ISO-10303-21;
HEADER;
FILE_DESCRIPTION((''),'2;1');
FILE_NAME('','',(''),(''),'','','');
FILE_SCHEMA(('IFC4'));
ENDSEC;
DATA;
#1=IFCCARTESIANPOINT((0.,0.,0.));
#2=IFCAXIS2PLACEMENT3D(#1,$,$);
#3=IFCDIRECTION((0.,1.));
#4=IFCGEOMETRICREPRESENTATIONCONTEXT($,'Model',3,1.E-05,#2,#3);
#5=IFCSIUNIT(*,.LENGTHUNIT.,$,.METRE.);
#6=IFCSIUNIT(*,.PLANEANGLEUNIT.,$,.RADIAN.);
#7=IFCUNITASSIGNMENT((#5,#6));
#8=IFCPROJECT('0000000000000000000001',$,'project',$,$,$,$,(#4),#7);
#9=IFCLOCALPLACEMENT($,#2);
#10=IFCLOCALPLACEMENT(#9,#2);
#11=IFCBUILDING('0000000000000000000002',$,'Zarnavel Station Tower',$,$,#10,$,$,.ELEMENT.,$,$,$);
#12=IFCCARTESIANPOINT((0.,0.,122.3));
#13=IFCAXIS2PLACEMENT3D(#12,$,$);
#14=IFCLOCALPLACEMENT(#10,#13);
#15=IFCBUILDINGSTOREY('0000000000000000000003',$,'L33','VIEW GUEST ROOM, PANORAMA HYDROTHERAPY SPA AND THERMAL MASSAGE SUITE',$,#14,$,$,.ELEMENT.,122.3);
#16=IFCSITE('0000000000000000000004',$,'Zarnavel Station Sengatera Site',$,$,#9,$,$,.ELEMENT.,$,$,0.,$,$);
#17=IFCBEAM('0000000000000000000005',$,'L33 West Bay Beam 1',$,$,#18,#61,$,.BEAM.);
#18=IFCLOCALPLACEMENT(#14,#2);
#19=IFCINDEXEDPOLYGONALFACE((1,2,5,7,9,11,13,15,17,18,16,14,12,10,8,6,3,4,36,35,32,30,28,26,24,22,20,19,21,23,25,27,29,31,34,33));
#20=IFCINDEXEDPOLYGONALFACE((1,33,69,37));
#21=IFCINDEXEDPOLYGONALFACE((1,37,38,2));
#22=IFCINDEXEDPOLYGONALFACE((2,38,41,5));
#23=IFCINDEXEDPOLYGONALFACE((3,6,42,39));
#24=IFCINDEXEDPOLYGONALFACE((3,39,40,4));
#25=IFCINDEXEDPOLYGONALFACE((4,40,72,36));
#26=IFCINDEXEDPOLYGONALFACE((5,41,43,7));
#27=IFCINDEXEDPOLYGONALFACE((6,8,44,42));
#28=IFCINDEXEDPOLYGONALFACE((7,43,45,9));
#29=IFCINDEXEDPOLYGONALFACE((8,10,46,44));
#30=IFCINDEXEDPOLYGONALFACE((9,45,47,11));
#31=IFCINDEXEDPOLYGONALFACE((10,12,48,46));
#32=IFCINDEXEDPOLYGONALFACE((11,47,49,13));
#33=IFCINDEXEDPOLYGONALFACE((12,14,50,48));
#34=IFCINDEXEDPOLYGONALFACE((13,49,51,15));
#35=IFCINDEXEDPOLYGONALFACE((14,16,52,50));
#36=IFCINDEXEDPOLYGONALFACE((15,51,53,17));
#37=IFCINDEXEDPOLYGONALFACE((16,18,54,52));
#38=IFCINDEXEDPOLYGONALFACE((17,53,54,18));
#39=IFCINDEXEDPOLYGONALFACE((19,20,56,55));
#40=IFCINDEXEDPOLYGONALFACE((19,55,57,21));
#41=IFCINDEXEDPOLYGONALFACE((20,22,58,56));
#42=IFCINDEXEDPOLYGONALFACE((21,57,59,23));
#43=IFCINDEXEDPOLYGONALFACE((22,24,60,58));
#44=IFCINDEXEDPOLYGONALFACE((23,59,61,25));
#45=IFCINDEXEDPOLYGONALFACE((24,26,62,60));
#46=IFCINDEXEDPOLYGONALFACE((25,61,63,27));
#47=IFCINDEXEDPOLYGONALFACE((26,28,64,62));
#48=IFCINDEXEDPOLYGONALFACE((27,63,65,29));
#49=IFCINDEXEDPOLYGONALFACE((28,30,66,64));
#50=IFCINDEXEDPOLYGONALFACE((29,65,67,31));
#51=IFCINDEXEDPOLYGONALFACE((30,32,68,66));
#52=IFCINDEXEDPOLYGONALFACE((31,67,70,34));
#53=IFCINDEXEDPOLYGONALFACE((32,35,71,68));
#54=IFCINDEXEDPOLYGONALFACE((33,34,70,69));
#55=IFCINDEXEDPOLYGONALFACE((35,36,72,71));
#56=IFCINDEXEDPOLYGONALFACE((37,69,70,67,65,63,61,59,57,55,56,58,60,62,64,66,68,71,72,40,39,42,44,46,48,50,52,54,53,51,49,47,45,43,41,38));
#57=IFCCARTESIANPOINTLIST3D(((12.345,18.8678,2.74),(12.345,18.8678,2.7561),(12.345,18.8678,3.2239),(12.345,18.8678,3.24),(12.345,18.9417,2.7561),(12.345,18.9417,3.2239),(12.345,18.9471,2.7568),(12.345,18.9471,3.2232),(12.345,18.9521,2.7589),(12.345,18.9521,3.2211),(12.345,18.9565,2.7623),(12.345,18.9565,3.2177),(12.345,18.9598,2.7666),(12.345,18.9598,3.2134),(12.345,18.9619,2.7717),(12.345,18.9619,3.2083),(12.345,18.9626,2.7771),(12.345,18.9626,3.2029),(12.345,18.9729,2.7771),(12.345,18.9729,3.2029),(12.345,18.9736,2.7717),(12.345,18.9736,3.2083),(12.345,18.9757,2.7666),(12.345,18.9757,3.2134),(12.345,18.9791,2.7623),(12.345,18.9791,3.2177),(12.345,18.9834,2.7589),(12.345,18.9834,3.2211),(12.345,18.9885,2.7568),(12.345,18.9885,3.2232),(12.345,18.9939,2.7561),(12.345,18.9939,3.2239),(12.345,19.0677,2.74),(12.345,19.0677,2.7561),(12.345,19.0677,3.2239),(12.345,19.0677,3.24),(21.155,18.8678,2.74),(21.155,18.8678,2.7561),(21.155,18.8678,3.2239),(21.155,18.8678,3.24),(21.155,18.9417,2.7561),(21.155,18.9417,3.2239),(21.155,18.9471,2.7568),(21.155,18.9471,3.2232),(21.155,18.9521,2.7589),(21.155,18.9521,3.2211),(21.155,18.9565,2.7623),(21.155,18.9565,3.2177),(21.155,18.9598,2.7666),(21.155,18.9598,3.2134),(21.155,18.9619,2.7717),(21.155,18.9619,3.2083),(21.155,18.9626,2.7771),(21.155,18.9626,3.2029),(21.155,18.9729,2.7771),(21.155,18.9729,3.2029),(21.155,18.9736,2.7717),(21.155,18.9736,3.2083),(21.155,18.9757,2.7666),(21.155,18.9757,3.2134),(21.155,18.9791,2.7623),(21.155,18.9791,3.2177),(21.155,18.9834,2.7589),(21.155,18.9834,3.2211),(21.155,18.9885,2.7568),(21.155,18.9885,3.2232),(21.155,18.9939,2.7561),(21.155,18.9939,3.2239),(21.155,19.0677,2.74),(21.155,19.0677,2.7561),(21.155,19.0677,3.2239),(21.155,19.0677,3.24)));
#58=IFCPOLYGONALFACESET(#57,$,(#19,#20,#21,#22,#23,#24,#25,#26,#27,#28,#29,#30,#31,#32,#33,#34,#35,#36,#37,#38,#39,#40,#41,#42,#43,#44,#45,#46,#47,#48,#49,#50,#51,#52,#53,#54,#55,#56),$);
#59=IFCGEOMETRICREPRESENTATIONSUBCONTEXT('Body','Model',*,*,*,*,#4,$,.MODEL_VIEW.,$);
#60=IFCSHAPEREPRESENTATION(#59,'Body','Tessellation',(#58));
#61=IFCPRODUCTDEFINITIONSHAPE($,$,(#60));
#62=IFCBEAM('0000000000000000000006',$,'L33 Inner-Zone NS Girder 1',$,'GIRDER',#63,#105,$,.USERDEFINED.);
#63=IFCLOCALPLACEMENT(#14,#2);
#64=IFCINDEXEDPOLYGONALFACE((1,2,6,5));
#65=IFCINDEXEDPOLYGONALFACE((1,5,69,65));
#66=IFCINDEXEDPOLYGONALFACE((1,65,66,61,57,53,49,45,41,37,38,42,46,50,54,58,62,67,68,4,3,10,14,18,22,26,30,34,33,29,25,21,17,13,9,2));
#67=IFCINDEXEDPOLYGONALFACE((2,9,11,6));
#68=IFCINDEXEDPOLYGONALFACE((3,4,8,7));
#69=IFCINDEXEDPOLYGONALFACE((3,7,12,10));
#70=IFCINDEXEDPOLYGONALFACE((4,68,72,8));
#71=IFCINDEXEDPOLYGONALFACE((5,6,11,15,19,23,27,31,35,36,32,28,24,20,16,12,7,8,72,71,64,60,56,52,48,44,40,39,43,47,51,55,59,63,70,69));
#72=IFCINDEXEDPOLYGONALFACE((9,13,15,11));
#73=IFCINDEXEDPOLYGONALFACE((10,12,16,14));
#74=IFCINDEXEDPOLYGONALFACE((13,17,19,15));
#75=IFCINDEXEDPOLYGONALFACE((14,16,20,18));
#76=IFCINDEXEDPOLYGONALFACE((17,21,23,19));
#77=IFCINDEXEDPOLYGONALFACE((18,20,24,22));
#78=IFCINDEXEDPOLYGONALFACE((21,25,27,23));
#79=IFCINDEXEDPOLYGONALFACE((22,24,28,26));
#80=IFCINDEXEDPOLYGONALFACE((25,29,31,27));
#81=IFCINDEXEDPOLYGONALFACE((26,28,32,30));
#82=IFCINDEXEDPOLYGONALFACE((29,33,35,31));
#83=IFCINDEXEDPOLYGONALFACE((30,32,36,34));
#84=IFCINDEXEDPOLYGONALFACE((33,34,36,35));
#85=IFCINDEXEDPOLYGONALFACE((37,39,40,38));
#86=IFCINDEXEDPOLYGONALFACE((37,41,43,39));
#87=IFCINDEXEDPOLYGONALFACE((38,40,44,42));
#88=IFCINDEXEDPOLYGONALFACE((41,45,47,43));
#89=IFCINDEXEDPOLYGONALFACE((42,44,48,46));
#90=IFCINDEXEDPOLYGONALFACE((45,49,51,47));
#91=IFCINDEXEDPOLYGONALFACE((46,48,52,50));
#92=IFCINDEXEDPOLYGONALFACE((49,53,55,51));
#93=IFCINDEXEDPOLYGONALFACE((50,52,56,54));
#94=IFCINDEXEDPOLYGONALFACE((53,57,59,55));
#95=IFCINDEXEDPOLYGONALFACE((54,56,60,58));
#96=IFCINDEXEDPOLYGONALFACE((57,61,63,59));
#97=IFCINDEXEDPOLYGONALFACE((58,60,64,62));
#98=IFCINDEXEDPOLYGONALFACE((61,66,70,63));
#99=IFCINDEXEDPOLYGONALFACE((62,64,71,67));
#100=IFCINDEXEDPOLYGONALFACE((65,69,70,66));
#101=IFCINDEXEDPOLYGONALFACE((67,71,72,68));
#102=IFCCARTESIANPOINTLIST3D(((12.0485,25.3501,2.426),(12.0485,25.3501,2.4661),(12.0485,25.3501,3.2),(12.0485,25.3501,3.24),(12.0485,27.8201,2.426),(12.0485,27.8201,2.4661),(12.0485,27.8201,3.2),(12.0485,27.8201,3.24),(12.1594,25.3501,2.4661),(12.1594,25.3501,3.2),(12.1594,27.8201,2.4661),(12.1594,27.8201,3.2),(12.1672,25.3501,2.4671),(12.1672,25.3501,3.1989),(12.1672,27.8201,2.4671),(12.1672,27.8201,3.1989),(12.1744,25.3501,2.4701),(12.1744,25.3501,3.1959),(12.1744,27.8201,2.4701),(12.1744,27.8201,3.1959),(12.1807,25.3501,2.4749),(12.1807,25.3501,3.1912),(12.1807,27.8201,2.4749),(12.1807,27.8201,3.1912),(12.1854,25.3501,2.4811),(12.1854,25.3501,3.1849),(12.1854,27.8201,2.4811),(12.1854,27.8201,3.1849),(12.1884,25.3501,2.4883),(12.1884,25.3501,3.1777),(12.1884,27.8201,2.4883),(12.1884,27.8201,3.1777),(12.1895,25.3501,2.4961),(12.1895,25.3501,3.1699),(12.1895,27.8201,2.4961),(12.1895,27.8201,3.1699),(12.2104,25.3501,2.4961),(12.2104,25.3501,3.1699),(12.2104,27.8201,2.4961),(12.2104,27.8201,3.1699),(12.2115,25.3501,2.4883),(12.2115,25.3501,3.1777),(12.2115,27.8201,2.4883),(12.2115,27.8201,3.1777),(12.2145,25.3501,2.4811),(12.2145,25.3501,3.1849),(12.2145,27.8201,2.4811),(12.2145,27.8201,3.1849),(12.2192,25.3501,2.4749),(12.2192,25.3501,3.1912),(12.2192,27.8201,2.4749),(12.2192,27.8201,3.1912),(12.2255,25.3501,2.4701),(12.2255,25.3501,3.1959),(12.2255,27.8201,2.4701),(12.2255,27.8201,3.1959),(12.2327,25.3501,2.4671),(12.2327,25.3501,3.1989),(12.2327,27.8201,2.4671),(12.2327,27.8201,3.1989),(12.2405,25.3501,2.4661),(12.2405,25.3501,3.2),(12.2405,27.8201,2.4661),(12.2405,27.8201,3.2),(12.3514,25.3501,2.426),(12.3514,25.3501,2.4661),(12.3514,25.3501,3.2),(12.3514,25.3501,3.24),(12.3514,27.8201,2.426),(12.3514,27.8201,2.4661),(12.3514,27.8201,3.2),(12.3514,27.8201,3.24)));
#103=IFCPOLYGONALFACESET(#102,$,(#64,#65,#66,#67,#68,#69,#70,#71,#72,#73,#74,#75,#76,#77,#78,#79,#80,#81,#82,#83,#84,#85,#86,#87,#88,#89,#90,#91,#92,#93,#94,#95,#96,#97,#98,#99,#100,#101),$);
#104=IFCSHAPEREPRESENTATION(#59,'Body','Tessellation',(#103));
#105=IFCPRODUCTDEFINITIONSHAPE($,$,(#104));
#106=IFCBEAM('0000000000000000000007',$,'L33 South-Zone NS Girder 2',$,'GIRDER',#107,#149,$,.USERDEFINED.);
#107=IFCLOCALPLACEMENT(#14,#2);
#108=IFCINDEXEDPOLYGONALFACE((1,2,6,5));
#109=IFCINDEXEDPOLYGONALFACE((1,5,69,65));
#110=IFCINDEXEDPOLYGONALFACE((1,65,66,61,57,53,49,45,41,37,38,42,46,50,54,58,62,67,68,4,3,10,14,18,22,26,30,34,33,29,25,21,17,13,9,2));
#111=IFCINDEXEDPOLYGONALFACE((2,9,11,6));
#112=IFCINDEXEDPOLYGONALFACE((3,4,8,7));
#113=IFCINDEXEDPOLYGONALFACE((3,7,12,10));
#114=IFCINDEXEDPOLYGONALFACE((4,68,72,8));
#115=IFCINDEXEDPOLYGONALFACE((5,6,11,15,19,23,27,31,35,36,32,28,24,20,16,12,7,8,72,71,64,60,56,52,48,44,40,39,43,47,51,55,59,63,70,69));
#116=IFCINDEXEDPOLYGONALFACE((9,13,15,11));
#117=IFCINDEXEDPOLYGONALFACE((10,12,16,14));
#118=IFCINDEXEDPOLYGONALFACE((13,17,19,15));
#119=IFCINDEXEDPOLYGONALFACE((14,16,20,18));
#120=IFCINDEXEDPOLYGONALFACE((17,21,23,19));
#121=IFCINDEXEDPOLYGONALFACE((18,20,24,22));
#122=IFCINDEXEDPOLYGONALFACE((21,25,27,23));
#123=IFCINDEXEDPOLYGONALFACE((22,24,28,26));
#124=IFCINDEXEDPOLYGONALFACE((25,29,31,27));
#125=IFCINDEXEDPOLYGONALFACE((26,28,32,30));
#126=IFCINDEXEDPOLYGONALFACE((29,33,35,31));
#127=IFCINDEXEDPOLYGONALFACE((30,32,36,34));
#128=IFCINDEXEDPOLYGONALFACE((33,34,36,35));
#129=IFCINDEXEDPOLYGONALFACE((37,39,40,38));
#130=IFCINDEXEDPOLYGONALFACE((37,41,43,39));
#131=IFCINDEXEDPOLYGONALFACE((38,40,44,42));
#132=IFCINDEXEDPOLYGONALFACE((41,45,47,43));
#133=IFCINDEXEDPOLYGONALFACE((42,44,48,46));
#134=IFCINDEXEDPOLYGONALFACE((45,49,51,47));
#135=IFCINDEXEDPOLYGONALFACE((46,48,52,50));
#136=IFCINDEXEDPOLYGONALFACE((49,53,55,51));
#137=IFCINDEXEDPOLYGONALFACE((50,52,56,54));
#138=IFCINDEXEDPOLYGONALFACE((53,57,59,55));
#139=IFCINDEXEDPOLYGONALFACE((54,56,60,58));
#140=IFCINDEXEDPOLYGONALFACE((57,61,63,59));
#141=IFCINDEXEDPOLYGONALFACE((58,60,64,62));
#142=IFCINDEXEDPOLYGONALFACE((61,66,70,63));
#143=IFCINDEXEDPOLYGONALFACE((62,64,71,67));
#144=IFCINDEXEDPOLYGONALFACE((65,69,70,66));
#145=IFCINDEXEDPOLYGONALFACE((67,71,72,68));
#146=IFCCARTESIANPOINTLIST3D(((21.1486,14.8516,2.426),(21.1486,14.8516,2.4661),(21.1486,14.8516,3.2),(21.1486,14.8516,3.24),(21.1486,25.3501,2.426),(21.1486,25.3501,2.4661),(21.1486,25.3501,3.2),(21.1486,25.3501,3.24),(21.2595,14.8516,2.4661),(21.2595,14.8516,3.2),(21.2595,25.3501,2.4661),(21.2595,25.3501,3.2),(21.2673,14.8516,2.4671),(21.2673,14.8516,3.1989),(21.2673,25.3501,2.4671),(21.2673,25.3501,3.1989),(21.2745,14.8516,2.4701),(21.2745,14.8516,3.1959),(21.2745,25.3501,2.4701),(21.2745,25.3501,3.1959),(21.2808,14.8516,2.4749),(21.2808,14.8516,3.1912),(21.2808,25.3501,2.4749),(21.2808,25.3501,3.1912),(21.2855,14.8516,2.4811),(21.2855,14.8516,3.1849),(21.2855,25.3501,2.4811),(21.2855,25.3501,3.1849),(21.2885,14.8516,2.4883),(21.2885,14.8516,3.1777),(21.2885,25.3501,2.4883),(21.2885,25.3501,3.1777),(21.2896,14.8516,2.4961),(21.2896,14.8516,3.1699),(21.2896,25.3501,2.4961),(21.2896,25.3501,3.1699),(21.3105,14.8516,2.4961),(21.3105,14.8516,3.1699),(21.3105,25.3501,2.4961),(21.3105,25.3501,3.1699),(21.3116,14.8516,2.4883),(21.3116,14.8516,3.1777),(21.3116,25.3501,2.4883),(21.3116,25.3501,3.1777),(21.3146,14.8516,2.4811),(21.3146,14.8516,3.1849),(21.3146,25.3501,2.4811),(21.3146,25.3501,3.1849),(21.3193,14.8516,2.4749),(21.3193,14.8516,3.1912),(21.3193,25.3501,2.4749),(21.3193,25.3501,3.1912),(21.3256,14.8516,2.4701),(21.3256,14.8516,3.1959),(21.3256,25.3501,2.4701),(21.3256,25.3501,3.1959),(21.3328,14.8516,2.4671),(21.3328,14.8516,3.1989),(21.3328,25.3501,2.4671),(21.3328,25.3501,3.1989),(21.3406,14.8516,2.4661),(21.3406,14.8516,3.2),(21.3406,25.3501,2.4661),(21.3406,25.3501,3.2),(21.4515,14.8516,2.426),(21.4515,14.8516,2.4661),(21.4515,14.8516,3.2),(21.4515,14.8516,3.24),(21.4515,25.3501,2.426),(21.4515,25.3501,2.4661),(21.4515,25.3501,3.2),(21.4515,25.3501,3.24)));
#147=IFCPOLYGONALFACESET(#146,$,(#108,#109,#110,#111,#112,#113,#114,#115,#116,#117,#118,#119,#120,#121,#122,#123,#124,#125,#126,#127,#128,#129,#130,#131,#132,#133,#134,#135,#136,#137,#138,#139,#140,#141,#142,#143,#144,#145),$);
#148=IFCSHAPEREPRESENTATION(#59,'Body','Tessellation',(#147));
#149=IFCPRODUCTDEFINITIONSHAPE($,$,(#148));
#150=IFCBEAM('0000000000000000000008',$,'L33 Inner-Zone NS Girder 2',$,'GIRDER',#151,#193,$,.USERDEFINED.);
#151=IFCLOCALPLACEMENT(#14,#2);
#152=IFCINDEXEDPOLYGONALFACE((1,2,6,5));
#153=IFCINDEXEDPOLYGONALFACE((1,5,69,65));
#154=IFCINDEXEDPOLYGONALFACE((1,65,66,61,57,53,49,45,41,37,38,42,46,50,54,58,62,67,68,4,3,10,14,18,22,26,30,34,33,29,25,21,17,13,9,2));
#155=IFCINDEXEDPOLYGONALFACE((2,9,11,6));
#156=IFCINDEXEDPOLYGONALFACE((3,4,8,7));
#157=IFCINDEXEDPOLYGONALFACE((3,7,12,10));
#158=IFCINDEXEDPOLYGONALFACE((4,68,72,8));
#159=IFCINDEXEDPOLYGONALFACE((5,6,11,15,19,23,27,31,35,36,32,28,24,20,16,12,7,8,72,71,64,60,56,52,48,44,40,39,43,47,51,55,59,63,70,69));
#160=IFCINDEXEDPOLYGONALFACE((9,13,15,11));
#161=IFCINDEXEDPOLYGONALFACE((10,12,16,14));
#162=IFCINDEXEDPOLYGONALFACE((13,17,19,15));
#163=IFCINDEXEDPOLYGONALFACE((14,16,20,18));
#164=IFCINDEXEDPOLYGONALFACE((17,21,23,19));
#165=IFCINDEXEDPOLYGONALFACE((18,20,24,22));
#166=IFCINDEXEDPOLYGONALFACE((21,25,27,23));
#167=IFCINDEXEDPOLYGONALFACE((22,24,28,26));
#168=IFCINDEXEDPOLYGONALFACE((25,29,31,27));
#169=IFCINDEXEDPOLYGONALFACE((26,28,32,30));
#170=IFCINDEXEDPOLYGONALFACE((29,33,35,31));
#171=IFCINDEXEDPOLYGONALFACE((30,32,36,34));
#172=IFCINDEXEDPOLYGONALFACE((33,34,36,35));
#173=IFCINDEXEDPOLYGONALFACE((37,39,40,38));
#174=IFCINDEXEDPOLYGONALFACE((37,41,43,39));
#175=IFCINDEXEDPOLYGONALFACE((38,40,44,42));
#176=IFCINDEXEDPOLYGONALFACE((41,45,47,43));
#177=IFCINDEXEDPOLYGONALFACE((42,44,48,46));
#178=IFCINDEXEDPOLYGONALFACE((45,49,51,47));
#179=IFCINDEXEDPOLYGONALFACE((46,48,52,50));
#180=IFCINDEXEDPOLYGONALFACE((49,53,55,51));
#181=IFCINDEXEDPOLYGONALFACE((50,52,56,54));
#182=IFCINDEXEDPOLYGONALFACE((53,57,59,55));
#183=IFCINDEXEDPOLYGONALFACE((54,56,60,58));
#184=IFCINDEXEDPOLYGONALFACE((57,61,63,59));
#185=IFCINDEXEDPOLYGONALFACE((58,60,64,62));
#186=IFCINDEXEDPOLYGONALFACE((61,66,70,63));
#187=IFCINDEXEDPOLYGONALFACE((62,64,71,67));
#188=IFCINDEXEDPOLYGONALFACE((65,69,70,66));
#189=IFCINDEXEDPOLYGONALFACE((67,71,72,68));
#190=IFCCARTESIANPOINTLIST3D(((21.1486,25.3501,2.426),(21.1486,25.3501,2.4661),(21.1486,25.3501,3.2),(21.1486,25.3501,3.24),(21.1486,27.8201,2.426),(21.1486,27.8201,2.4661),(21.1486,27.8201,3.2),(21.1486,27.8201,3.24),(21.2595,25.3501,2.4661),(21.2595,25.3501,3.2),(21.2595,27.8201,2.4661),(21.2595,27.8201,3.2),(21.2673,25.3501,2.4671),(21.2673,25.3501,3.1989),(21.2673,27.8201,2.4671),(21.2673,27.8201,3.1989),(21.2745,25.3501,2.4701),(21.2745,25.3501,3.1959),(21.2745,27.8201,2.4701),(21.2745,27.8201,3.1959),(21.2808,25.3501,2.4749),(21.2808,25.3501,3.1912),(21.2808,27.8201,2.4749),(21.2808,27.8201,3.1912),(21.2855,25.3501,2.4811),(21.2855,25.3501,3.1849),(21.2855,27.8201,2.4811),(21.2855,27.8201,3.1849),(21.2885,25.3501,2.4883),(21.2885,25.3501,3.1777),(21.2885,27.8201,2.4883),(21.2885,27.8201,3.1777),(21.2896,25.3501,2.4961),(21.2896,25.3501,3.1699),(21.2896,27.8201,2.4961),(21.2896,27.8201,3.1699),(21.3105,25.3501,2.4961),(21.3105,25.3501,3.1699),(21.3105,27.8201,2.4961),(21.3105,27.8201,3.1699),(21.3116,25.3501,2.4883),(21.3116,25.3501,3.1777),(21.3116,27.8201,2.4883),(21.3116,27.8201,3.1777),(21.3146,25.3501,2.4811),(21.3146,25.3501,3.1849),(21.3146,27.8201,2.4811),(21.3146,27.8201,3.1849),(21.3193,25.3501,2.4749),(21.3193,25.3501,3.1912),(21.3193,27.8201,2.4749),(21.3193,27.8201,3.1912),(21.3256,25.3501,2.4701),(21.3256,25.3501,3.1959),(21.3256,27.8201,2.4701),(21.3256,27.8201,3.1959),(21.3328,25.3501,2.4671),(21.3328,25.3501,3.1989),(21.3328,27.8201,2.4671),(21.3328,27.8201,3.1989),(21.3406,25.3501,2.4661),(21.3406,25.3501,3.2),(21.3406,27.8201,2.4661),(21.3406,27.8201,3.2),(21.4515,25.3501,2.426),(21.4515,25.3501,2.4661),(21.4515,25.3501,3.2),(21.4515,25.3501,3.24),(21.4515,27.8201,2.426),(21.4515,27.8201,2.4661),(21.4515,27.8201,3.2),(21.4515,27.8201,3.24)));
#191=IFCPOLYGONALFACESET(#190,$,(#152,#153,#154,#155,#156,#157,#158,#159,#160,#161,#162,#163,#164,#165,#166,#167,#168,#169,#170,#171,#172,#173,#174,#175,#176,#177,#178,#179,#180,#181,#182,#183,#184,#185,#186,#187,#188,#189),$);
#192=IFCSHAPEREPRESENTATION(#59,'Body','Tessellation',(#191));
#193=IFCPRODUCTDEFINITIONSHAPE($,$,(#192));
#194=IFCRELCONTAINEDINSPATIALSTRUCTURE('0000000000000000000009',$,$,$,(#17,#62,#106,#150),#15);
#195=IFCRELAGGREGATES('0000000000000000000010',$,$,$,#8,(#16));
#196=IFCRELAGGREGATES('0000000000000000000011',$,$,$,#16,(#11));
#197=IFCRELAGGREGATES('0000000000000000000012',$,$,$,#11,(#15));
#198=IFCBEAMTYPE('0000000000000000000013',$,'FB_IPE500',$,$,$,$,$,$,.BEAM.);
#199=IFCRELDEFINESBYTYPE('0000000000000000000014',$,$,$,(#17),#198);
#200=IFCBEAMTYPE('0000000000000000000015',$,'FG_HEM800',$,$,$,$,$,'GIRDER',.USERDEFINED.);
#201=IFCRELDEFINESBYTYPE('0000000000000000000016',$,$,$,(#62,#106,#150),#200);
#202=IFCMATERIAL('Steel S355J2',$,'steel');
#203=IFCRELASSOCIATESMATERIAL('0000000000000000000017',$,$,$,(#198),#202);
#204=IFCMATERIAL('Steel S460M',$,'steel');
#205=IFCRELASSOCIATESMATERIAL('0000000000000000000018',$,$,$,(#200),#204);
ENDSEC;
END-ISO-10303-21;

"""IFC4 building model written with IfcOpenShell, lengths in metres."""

from ifc_helpers import new_model, si_unit, direction, frame, origin, origin_2d, place, context, subcontext, project, spatial, i_section, extrude, material, material_profile, profile_set, type_object, element, save


model = new_model("IFC4")

# Units and contexts
model_context = context("Model", 3, precision=1e-05, world=origin(), true_north=direction((0.0, 1.0)))
body_context = subcontext(model_context, "Body", "Model", "MODEL_VIEW")
ifc_project = project(units=[si_unit("LENGTHUNIT", "METRE"), si_unit("PLANEANGLEUNIT", "RADIAN")], contexts=[model_context])

# Site, building, storey
site_placement = place(None, origin())
site = spatial("IfcSite", under=ifc_project, at=site_placement, Name="Zarnavel Station Sengatera Site", CompositionType="ELEMENT", RefElevation=0.0)
building_placement = place(site_placement, origin())
building = spatial("IfcBuilding", under=site, at=building_placement, Name="Zarnavel Station Tower", CompositionType="ELEMENT")
storey_placement = place(building_placement, frame((0.0, 0.0, 122.3)))
storey = spatial("IfcBuildingStorey", under=building, at=storey_placement, Name="L33", Description="VIEW GUEST ROOM, PANORAMA HYDROTHERAPY SPA AND THERMAL MASSAGE SUITE", CompositionType="ELEMENT", Elevation=122.3)

# Beams
ifc_material_1 = material(Name="Steel S355J2", Category="steel")
ifc_material_profile_1 = material_profile(ifc_material_1, i_section(OverallWidth=0.2, OverallDepth=0.5, WebThickness=0.0103, FlangeThickness=0.0161, FilletRadius=0.021, at=origin_2d()), Name="IPE500")
ifc_profile_set_1 = profile_set([ifc_material_profile_1], Name="Steel S355J2")
beam_type_1 = type_object("IfcBeamType", Name="FB_IPE500", PredefinedType="BEAM", material=ifc_profile_set_1)
beam_1_placement = place(storey_placement, frame((12.345, 18.9678, 2.99), z_axis=(1.0, 0.0, 0.0), x_axis=(0.0, 1.0, 0.0)))
element("IfcBeam", 1, at=beam_1_placement, inside=storey, type_object=beam_type_1, Name="L33 West Bay Beam 1", PredefinedType="BEAM", context=body_context, shape_type="SweptSolid", body=[
    extrude(i_section(OverallWidth=0.2, OverallDepth=0.5, WebThickness=0.0103, FlangeThickness=0.0161, FilletRadius=0.021, at=origin_2d()), origin(), (0.0, 0.0, 1.0), 8.8101),
])
ifc_material_2 = material(Name="Steel S460M", Category="steel")
ifc_material_profile_2 = material_profile(ifc_material_2, i_section(OverallWidth=0.303, OverallDepth=0.814, WebThickness=0.021, FlangeThickness=0.04, FilletRadius=0.03, at=origin_2d()), Name="HEM800")
ifc_profile_set_2 = profile_set([ifc_material_profile_2], Name="Steel S460M")
beam_type_2 = type_object("IfcBeamType", Name="FG_HEM800", ElementType="GIRDER", PredefinedType="USERDEFINED", material=ifc_profile_set_2)
beam_2_placement = place(storey_placement, frame((12.2, 25.3501, 2.833), z_axis=(0.0, 1.0, 0.0), x_axis=(-1.0, 0.0, 0.0)))
element("IfcBeam", 2, at=beam_2_placement, inside=storey, type_object=beam_type_2, Name="L33 Inner-Zone NS Girder 1", ObjectType="GIRDER", PredefinedType="USERDEFINED", context=body_context, shape_type="SweptSolid", body=[
    extrude(i_section(OverallWidth=0.303, OverallDepth=0.814, WebThickness=0.021, FlangeThickness=0.04, FilletRadius=0.03, at=origin_2d()), origin(), (0.0, 0.0, 1.0), 2.47),
])
beam_3_placement = place(storey_placement, frame((21.3, 14.8516, 2.833), z_axis=(0.0, 1.0, 0.0), x_axis=(-1.0, 0.0, 0.0)))
element("IfcBeam", 3, at=beam_3_placement, inside=storey, type_object=beam_type_2, Name="L33 South-Zone NS Girder 2", ObjectType="GIRDER", PredefinedType="USERDEFINED", context=body_context, shape_type="SweptSolid", body=[
    extrude(i_section(OverallWidth=0.303, OverallDepth=0.814, WebThickness=0.021, FlangeThickness=0.04, FilletRadius=0.03, at=origin_2d()), origin(), (0.0, 0.0, 1.0), 10.4985),
])
beam_4_placement = place(storey_placement, frame((21.3, 25.3501, 2.833), z_axis=(0.0, 1.0, 0.0), x_axis=(-1.0, 0.0, 0.0)))
element("IfcBeam", 4, at=beam_4_placement, inside=storey, type_object=beam_type_2, Name="L33 Inner-Zone NS Girder 2", ObjectType="GIRDER", PredefinedType="USERDEFINED", context=body_context, shape_type="SweptSolid", body=[
    extrude(i_section(OverallWidth=0.303, OverallDepth=0.814, WebThickness=0.021, FlangeThickness=0.04, FilletRadius=0.03, at=origin_2d()), origin(), (0.0, 0.0, 1.0), 2.47),
])

save(model, "model.ifc")
